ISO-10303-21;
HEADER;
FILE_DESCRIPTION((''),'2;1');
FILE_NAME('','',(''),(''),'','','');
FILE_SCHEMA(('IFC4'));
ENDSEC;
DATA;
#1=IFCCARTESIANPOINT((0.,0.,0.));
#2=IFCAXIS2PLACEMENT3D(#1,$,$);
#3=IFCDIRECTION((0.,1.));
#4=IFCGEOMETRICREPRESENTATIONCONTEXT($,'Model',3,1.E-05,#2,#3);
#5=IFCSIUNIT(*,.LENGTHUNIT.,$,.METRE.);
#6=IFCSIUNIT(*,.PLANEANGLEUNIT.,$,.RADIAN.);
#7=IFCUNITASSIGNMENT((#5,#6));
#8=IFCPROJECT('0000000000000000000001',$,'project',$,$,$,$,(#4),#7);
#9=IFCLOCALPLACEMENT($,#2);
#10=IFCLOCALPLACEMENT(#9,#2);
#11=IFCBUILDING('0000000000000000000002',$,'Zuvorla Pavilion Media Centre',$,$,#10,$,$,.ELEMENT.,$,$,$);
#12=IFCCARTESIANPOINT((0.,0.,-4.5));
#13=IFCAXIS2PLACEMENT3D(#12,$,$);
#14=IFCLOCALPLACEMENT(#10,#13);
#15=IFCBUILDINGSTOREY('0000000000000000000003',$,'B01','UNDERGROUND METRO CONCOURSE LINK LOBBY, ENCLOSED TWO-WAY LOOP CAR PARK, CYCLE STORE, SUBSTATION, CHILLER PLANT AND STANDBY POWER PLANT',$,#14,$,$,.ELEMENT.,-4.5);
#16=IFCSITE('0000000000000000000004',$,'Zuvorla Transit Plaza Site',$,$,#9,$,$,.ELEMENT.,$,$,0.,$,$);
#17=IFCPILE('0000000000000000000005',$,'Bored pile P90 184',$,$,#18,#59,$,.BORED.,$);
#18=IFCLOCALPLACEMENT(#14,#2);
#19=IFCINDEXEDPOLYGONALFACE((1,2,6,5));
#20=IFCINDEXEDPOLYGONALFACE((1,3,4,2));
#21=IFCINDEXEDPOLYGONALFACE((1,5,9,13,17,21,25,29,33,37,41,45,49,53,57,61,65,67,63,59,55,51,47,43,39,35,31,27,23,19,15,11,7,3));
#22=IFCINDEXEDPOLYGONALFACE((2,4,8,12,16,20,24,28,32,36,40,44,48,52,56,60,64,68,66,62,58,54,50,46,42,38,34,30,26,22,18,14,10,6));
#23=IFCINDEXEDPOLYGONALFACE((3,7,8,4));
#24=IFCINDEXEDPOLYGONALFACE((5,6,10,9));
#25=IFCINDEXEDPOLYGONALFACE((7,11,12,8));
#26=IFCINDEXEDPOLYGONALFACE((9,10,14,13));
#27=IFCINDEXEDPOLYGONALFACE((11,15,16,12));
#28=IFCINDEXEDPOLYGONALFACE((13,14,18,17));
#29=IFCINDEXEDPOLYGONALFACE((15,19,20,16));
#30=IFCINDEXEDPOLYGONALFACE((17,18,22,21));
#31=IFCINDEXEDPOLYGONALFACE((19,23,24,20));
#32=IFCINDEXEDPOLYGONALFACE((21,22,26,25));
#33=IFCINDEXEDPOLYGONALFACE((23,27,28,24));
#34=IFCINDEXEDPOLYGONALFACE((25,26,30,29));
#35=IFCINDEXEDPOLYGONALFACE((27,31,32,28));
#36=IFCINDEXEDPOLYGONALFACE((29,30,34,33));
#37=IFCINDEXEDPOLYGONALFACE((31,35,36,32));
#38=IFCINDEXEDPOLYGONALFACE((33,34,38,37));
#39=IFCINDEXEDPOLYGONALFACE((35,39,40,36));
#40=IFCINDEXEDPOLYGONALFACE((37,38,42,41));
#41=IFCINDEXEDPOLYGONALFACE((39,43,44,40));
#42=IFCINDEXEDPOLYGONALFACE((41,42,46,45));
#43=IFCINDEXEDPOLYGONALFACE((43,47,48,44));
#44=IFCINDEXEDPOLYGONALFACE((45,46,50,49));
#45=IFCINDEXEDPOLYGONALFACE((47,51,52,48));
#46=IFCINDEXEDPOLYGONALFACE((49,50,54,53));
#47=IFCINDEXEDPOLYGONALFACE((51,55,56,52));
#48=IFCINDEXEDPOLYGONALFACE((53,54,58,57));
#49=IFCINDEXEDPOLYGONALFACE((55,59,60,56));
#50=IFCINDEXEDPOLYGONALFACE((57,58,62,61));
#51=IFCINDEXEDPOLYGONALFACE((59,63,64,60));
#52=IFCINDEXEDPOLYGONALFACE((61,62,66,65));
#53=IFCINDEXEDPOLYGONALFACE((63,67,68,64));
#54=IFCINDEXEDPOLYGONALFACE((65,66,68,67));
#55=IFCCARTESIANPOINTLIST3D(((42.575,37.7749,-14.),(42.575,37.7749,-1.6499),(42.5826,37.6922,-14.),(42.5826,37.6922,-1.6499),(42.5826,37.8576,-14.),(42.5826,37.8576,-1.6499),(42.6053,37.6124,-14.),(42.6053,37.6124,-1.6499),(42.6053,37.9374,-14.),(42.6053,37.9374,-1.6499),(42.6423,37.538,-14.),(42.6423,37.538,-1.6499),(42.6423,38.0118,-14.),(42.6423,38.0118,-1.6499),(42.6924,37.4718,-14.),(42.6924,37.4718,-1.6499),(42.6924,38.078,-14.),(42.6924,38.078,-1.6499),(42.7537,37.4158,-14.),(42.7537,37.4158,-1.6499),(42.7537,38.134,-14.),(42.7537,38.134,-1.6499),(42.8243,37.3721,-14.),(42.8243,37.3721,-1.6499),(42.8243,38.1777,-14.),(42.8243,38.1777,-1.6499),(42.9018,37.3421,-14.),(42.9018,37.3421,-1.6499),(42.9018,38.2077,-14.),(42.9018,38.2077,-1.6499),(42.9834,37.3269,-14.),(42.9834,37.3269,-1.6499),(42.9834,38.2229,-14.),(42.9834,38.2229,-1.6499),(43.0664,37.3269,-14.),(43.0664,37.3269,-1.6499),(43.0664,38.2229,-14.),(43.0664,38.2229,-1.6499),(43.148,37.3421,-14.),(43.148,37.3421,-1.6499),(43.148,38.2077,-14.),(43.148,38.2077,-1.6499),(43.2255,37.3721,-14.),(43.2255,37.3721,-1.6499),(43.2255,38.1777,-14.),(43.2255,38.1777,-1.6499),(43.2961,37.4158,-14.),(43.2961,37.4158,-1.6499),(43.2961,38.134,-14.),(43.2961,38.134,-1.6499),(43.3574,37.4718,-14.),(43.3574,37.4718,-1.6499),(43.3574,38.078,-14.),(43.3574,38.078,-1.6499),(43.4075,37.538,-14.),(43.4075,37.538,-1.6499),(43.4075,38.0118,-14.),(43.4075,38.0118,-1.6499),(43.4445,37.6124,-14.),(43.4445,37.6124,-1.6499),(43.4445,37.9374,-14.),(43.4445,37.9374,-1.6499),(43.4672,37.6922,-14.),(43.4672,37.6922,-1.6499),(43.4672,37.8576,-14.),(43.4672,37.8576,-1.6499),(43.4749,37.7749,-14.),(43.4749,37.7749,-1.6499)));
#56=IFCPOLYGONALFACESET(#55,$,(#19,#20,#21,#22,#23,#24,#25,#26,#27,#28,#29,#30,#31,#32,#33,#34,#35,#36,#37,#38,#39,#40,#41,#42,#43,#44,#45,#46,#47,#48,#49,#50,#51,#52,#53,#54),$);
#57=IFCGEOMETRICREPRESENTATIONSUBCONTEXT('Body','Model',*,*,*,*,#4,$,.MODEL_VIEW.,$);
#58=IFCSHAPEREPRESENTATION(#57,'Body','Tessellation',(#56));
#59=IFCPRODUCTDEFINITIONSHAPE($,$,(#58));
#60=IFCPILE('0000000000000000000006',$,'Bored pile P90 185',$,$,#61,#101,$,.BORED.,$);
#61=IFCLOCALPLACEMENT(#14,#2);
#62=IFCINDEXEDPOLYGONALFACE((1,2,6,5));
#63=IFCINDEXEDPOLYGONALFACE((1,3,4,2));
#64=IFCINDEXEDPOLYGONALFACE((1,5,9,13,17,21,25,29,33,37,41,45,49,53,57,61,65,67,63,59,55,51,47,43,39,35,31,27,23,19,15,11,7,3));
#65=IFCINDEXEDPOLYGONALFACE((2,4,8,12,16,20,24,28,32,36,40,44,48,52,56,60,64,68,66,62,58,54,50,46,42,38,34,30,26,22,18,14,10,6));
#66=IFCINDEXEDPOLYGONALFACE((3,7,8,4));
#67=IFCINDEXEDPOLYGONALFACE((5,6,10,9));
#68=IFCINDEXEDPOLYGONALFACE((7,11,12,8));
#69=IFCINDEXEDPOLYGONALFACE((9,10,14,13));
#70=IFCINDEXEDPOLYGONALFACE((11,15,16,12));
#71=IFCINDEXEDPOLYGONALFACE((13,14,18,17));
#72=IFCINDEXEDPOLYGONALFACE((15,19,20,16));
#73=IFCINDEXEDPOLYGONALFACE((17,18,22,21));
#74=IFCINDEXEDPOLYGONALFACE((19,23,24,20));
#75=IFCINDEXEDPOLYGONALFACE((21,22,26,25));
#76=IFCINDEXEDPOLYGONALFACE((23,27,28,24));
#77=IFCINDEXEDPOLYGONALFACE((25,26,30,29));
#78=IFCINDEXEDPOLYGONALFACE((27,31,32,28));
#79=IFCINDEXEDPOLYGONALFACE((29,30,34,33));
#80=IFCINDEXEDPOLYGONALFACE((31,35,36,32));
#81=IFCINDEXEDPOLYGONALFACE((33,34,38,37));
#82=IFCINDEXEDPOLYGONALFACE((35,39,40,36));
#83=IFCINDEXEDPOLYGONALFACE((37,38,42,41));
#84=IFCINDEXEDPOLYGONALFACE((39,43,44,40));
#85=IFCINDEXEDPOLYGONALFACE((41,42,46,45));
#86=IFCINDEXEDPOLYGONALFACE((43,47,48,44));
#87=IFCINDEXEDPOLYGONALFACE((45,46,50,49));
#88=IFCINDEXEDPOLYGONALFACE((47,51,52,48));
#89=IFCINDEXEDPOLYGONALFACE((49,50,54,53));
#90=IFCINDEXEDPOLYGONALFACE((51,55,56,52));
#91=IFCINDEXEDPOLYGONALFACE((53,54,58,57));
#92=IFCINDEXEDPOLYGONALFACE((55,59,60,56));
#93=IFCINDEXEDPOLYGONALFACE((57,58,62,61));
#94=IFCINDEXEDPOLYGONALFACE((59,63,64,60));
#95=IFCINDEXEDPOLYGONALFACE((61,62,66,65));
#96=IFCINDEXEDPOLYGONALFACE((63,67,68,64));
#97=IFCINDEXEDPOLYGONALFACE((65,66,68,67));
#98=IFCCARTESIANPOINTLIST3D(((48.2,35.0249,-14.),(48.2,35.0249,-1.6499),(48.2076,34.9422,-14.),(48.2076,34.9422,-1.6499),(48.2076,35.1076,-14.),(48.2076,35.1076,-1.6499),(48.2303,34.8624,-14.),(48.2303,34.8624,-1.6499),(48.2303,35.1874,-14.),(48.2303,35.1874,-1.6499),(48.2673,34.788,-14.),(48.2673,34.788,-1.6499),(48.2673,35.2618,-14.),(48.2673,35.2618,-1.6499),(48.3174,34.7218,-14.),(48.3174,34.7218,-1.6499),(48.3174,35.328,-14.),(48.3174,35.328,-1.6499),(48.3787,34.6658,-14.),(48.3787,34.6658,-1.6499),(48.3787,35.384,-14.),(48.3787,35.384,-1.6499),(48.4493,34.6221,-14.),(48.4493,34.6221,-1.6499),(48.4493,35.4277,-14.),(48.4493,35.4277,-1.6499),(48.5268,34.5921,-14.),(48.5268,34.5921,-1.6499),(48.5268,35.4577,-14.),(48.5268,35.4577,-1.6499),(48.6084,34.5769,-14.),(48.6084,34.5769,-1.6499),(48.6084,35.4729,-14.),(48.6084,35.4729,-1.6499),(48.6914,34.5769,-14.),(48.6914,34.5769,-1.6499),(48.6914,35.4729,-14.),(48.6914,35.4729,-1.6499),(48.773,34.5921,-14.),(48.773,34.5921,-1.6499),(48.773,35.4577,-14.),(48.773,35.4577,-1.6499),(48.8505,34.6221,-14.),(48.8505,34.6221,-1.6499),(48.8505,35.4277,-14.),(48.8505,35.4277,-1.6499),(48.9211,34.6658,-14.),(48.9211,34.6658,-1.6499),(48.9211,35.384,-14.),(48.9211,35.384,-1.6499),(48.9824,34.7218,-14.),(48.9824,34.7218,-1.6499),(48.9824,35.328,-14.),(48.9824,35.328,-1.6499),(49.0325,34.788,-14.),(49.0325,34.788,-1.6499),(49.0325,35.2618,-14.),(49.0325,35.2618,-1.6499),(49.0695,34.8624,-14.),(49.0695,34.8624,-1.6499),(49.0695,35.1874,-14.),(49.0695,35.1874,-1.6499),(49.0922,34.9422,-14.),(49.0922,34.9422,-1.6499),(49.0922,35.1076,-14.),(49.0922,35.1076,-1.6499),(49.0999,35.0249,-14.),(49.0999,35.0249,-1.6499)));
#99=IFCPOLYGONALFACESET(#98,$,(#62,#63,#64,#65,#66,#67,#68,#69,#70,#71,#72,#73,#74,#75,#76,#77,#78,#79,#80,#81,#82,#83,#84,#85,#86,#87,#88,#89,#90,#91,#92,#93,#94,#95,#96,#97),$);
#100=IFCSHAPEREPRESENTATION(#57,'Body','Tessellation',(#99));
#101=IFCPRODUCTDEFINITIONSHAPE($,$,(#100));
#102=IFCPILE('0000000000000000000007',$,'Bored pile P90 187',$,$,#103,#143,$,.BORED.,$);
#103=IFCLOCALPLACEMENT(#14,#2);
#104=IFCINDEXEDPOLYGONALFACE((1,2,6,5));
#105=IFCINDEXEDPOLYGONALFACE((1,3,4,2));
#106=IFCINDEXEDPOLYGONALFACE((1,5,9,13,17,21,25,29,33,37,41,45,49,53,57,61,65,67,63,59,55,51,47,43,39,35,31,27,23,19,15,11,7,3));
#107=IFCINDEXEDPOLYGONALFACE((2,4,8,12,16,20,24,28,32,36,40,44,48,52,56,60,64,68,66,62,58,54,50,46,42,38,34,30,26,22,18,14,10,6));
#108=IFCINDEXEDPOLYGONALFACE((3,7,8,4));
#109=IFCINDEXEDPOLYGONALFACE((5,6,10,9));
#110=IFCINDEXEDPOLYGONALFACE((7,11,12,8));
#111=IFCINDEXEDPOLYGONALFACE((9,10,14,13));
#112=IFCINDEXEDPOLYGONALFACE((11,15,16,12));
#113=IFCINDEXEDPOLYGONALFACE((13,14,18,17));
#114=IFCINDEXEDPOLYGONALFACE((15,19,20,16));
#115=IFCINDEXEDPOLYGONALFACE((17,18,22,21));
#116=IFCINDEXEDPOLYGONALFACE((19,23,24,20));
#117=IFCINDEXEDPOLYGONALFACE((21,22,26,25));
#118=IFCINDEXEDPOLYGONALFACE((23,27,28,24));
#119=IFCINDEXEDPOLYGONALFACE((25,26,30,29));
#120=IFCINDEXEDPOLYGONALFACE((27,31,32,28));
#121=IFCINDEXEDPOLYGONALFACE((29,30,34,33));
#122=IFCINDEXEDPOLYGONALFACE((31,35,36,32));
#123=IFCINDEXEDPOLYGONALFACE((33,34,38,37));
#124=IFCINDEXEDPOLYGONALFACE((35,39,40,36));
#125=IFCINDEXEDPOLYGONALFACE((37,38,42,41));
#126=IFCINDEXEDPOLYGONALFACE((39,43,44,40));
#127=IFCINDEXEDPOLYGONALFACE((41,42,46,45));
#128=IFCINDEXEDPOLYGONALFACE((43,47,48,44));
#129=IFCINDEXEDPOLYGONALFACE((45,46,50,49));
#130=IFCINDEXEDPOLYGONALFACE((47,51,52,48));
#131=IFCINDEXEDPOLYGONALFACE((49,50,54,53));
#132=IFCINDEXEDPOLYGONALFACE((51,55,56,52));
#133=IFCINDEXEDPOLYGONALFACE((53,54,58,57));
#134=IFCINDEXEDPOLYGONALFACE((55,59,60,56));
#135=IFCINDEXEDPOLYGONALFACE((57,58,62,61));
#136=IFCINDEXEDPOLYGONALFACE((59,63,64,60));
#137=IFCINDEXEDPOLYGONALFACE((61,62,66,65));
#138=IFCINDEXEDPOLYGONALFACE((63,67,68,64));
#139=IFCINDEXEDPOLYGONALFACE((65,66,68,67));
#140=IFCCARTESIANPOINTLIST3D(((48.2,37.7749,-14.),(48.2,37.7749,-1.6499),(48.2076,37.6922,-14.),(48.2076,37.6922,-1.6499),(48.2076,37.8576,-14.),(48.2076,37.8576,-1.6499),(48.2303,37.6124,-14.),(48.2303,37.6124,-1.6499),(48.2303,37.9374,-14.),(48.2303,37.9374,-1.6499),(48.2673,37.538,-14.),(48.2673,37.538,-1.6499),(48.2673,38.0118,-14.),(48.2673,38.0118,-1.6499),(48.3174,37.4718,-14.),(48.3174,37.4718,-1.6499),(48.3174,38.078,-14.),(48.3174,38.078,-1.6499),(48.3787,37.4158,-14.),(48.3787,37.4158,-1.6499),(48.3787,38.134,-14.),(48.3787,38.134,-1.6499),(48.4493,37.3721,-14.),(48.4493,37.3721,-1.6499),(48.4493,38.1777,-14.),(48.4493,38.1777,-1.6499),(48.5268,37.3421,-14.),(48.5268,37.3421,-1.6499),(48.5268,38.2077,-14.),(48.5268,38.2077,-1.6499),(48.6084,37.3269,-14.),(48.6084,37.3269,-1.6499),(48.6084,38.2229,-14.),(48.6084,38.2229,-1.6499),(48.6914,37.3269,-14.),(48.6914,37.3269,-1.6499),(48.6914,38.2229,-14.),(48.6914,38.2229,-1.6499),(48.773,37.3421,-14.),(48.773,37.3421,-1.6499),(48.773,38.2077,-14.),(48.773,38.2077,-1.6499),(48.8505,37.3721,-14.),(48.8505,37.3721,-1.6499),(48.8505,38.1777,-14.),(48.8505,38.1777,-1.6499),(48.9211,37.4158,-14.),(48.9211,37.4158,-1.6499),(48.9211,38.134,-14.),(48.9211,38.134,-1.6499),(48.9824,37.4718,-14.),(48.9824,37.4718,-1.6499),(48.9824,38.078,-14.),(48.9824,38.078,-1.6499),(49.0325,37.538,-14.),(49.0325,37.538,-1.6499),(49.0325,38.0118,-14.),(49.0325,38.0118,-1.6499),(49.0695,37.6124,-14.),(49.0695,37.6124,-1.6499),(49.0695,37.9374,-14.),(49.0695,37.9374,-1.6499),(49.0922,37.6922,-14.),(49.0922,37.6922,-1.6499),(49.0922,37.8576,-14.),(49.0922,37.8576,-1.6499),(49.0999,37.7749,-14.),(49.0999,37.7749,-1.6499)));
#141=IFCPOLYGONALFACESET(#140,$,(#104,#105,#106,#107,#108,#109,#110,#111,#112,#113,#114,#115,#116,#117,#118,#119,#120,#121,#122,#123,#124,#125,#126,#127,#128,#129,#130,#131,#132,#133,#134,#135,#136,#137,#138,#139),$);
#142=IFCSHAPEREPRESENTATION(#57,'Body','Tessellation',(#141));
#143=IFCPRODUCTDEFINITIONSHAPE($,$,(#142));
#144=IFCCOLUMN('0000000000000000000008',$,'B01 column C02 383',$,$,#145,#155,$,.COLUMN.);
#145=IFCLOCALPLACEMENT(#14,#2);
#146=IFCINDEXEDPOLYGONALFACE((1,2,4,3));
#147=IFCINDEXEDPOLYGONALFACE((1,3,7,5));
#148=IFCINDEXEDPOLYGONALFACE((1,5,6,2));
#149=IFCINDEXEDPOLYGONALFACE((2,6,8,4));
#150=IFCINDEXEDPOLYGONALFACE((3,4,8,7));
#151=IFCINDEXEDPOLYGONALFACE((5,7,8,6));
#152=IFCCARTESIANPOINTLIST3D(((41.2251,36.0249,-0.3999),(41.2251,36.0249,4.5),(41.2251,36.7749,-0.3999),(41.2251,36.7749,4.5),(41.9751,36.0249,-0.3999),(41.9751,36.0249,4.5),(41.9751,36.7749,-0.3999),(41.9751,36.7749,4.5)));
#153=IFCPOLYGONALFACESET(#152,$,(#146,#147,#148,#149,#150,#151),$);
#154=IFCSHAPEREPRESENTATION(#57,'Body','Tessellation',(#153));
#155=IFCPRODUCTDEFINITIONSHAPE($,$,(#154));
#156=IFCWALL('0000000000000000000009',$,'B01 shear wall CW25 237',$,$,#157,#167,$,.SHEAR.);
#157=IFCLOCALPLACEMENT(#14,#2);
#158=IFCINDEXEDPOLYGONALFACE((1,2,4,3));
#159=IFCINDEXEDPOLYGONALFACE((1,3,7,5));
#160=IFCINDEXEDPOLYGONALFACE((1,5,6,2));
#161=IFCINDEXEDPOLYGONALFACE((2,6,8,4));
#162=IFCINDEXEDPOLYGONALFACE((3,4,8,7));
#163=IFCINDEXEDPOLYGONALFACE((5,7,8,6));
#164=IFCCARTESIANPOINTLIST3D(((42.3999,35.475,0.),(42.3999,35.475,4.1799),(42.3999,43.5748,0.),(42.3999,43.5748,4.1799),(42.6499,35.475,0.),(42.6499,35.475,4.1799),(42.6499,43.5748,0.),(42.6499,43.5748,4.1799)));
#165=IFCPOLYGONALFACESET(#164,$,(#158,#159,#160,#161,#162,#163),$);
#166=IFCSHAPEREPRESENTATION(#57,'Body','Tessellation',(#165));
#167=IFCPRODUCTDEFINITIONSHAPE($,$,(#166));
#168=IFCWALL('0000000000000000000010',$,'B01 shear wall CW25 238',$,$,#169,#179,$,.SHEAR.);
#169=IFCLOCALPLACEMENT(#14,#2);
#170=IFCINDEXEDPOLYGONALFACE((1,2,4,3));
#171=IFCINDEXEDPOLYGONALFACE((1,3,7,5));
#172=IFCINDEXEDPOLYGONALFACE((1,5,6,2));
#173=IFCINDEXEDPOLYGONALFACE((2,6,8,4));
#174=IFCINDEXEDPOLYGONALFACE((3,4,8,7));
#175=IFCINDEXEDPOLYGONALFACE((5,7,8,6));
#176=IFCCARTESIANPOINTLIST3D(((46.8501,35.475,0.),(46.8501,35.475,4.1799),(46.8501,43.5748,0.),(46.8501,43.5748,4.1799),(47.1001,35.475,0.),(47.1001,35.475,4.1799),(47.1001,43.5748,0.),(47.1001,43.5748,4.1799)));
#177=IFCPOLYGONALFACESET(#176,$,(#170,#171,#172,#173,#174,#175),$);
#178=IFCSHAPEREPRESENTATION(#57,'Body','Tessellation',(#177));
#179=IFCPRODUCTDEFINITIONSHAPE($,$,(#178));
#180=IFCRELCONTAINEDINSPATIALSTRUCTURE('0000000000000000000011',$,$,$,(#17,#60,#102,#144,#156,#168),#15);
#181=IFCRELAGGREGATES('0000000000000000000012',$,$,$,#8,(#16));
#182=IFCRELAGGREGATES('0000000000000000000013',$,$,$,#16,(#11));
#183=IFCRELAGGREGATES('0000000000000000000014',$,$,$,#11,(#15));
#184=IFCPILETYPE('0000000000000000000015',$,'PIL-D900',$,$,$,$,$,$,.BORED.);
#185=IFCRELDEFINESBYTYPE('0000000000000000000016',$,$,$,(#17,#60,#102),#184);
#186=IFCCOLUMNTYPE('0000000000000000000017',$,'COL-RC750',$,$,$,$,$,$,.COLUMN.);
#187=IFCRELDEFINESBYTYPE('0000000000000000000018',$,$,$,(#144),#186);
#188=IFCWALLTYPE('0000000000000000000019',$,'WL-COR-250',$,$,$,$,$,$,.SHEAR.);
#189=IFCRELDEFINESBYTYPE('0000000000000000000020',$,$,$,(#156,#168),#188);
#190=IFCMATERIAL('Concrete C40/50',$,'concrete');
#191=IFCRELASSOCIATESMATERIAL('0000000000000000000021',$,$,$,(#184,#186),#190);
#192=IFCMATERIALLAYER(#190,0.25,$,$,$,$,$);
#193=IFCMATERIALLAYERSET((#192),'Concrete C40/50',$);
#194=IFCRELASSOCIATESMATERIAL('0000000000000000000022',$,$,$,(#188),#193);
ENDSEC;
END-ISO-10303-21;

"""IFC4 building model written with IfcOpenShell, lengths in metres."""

from ifc_helpers import new_model, si_unit, direction, frame, frame_2d, origin, origin_2d, place, context, subcontext, project, spatial, rectangle, circle, extrude, material, layer, layer_set, material_profile, profile_set, type_object, element, save


model = new_model("IFC4")

# Units and contexts
model_context = context("Model", 3, precision=1e-05, world=origin(), true_north=direction((0.0, 1.0)))
body_context = subcontext(model_context, "Body", "Model", "MODEL_VIEW")
ifc_project = project(units=[si_unit("LENGTHUNIT", "METRE"), si_unit("PLANEANGLEUNIT", "RADIAN")], contexts=[model_context])

# Site, building, storey
site_placement = place(None, origin())
site = spatial("IfcSite", under=ifc_project, at=site_placement, Name="Zuvorla Transit Plaza Site", CompositionType="ELEMENT", RefElevation=0.0)
building_placement = place(site_placement, origin())
building = spatial("IfcBuilding", under=site, at=building_placement, Name="Zuvorla Pavilion Media Centre", CompositionType="ELEMENT")
storey_placement = place(building_placement, frame((0.0, 0.0, -4.5)))
storey = spatial("IfcBuildingStorey", under=building, at=storey_placement, Name="B01", Description="UNDERGROUND METRO CONCOURSE LINK LOBBY, ENCLOSED TWO-WAY LOOP CAR PARK, CYCLE STORE, SUBSTATION, CHILLER PLANT AND STANDBY POWER PLANT", CompositionType="ELEMENT", Elevation=-4.5)

# Shared definitions
ifc_material_1 = material(Name="Concrete C40/50", Category="concrete")

# Piles
ifc_material_profile_1 = material_profile(ifc_material_1, circle(Radius=0.45, at=origin_2d()), Name="BORED PILE 900")
ifc_profile_set_1 = profile_set([ifc_material_profile_1], Name="Concrete C40/50")
pile_type = type_object("IfcPileType", Name="PIL-D900", PredefinedType="BORED", material=ifc_profile_set_1)
for number, where, z_axis, x_axis, name in (
    (1, (43.0249, 37.7749, -1.6499), (0.0, 0.0, -1.0), (1.0, 0.0, 0.0), "Bored pile P90 184"),
    (2, (48.6499, 35.0249, -1.6499), (0.0, 0.0, -1.0), (1.0, 0.0, 0.0), "Bored pile P90 185"),
    (3, (48.6499, 37.7749, -1.6499), (0.0, 0.0, -1.0), (1.0, 0.0, 0.0), "Bored pile P90 187"),
):
    element("IfcPile", number, at=place(storey_placement, frame(where, z_axis=z_axis, x_axis=x_axis)), inside=storey, type_object=pile_type, Name=name, PredefinedType="BORED", context=body_context, shape_type="SweptSolid", body=[
        extrude(circle(Radius=0.45, at=origin_2d()), origin(), (0.0, 0.0, 1.0), 12.3501),
    ])

# Column
ifc_material_profile_2 = material_profile(ifc_material_1, rectangle(XDim=0.75, YDim=0.75, at=origin_2d()), Name="RC 750x750")
ifc_profile_set_2 = profile_set([ifc_material_profile_2], Name="Concrete C40/50")
column_type = type_object("IfcColumnType", Name="COL-RC750", PredefinedType="COLUMN", material=ifc_profile_set_2)
column_placement = place(storey_placement, frame((41.6001, 36.3999, -0.3999), z_axis=(0.0, 0.0, 1.0), x_axis=(1.0, 0.0, 0.0)))
element("IfcColumn", 4, at=column_placement, inside=storey, type_object=column_type, Name="B01 column C02 383", PredefinedType="COLUMN", context=body_context, shape_type="SweptSolid", body=[
    extrude(rectangle(XDim=0.75, YDim=0.75, at=origin_2d()), origin(), (0.0, 0.0, 1.0), 4.8999),
])

# Walls
ifc_layer_1 = layer(ifc_material_1, 0.25)
ifc_layer_set_1 = layer_set([ifc_layer_1], Name="Concrete C40/50")
wall_type_1 = type_object("IfcWallType", Name="WL-COR-250", PredefinedType="SHEAR", material=ifc_layer_set_1)
for number, where, z_axis, x_axis, name in (
    (5, (42.5249, 35.4751, 0.0), (0.0, 0.0, 1.0), (0.0, 1.0, 0.0), "B01 shear wall CW25 237"),
    (6, (46.9751, 35.4751, 0.0), (0.0, 0.0, 1.0), (0.0, 1.0, 0.0), "B01 shear wall CW25 238"),
):
    element("IfcWall", number, at=place(storey_placement, frame(where, z_axis=z_axis, x_axis=x_axis)), inside=storey, type_object=wall_type_1, Name=name, PredefinedType="SHEAR", context=body_context, shape_type="SweptSolid", body=[
        extrude(rectangle(XDim=8.0999, YDim=0.25, at=frame_2d((4.0498, 0.0))), origin(), (0.0, 0.0, 1.0), 4.1799),
    ])

save(model, "model.ifc")
